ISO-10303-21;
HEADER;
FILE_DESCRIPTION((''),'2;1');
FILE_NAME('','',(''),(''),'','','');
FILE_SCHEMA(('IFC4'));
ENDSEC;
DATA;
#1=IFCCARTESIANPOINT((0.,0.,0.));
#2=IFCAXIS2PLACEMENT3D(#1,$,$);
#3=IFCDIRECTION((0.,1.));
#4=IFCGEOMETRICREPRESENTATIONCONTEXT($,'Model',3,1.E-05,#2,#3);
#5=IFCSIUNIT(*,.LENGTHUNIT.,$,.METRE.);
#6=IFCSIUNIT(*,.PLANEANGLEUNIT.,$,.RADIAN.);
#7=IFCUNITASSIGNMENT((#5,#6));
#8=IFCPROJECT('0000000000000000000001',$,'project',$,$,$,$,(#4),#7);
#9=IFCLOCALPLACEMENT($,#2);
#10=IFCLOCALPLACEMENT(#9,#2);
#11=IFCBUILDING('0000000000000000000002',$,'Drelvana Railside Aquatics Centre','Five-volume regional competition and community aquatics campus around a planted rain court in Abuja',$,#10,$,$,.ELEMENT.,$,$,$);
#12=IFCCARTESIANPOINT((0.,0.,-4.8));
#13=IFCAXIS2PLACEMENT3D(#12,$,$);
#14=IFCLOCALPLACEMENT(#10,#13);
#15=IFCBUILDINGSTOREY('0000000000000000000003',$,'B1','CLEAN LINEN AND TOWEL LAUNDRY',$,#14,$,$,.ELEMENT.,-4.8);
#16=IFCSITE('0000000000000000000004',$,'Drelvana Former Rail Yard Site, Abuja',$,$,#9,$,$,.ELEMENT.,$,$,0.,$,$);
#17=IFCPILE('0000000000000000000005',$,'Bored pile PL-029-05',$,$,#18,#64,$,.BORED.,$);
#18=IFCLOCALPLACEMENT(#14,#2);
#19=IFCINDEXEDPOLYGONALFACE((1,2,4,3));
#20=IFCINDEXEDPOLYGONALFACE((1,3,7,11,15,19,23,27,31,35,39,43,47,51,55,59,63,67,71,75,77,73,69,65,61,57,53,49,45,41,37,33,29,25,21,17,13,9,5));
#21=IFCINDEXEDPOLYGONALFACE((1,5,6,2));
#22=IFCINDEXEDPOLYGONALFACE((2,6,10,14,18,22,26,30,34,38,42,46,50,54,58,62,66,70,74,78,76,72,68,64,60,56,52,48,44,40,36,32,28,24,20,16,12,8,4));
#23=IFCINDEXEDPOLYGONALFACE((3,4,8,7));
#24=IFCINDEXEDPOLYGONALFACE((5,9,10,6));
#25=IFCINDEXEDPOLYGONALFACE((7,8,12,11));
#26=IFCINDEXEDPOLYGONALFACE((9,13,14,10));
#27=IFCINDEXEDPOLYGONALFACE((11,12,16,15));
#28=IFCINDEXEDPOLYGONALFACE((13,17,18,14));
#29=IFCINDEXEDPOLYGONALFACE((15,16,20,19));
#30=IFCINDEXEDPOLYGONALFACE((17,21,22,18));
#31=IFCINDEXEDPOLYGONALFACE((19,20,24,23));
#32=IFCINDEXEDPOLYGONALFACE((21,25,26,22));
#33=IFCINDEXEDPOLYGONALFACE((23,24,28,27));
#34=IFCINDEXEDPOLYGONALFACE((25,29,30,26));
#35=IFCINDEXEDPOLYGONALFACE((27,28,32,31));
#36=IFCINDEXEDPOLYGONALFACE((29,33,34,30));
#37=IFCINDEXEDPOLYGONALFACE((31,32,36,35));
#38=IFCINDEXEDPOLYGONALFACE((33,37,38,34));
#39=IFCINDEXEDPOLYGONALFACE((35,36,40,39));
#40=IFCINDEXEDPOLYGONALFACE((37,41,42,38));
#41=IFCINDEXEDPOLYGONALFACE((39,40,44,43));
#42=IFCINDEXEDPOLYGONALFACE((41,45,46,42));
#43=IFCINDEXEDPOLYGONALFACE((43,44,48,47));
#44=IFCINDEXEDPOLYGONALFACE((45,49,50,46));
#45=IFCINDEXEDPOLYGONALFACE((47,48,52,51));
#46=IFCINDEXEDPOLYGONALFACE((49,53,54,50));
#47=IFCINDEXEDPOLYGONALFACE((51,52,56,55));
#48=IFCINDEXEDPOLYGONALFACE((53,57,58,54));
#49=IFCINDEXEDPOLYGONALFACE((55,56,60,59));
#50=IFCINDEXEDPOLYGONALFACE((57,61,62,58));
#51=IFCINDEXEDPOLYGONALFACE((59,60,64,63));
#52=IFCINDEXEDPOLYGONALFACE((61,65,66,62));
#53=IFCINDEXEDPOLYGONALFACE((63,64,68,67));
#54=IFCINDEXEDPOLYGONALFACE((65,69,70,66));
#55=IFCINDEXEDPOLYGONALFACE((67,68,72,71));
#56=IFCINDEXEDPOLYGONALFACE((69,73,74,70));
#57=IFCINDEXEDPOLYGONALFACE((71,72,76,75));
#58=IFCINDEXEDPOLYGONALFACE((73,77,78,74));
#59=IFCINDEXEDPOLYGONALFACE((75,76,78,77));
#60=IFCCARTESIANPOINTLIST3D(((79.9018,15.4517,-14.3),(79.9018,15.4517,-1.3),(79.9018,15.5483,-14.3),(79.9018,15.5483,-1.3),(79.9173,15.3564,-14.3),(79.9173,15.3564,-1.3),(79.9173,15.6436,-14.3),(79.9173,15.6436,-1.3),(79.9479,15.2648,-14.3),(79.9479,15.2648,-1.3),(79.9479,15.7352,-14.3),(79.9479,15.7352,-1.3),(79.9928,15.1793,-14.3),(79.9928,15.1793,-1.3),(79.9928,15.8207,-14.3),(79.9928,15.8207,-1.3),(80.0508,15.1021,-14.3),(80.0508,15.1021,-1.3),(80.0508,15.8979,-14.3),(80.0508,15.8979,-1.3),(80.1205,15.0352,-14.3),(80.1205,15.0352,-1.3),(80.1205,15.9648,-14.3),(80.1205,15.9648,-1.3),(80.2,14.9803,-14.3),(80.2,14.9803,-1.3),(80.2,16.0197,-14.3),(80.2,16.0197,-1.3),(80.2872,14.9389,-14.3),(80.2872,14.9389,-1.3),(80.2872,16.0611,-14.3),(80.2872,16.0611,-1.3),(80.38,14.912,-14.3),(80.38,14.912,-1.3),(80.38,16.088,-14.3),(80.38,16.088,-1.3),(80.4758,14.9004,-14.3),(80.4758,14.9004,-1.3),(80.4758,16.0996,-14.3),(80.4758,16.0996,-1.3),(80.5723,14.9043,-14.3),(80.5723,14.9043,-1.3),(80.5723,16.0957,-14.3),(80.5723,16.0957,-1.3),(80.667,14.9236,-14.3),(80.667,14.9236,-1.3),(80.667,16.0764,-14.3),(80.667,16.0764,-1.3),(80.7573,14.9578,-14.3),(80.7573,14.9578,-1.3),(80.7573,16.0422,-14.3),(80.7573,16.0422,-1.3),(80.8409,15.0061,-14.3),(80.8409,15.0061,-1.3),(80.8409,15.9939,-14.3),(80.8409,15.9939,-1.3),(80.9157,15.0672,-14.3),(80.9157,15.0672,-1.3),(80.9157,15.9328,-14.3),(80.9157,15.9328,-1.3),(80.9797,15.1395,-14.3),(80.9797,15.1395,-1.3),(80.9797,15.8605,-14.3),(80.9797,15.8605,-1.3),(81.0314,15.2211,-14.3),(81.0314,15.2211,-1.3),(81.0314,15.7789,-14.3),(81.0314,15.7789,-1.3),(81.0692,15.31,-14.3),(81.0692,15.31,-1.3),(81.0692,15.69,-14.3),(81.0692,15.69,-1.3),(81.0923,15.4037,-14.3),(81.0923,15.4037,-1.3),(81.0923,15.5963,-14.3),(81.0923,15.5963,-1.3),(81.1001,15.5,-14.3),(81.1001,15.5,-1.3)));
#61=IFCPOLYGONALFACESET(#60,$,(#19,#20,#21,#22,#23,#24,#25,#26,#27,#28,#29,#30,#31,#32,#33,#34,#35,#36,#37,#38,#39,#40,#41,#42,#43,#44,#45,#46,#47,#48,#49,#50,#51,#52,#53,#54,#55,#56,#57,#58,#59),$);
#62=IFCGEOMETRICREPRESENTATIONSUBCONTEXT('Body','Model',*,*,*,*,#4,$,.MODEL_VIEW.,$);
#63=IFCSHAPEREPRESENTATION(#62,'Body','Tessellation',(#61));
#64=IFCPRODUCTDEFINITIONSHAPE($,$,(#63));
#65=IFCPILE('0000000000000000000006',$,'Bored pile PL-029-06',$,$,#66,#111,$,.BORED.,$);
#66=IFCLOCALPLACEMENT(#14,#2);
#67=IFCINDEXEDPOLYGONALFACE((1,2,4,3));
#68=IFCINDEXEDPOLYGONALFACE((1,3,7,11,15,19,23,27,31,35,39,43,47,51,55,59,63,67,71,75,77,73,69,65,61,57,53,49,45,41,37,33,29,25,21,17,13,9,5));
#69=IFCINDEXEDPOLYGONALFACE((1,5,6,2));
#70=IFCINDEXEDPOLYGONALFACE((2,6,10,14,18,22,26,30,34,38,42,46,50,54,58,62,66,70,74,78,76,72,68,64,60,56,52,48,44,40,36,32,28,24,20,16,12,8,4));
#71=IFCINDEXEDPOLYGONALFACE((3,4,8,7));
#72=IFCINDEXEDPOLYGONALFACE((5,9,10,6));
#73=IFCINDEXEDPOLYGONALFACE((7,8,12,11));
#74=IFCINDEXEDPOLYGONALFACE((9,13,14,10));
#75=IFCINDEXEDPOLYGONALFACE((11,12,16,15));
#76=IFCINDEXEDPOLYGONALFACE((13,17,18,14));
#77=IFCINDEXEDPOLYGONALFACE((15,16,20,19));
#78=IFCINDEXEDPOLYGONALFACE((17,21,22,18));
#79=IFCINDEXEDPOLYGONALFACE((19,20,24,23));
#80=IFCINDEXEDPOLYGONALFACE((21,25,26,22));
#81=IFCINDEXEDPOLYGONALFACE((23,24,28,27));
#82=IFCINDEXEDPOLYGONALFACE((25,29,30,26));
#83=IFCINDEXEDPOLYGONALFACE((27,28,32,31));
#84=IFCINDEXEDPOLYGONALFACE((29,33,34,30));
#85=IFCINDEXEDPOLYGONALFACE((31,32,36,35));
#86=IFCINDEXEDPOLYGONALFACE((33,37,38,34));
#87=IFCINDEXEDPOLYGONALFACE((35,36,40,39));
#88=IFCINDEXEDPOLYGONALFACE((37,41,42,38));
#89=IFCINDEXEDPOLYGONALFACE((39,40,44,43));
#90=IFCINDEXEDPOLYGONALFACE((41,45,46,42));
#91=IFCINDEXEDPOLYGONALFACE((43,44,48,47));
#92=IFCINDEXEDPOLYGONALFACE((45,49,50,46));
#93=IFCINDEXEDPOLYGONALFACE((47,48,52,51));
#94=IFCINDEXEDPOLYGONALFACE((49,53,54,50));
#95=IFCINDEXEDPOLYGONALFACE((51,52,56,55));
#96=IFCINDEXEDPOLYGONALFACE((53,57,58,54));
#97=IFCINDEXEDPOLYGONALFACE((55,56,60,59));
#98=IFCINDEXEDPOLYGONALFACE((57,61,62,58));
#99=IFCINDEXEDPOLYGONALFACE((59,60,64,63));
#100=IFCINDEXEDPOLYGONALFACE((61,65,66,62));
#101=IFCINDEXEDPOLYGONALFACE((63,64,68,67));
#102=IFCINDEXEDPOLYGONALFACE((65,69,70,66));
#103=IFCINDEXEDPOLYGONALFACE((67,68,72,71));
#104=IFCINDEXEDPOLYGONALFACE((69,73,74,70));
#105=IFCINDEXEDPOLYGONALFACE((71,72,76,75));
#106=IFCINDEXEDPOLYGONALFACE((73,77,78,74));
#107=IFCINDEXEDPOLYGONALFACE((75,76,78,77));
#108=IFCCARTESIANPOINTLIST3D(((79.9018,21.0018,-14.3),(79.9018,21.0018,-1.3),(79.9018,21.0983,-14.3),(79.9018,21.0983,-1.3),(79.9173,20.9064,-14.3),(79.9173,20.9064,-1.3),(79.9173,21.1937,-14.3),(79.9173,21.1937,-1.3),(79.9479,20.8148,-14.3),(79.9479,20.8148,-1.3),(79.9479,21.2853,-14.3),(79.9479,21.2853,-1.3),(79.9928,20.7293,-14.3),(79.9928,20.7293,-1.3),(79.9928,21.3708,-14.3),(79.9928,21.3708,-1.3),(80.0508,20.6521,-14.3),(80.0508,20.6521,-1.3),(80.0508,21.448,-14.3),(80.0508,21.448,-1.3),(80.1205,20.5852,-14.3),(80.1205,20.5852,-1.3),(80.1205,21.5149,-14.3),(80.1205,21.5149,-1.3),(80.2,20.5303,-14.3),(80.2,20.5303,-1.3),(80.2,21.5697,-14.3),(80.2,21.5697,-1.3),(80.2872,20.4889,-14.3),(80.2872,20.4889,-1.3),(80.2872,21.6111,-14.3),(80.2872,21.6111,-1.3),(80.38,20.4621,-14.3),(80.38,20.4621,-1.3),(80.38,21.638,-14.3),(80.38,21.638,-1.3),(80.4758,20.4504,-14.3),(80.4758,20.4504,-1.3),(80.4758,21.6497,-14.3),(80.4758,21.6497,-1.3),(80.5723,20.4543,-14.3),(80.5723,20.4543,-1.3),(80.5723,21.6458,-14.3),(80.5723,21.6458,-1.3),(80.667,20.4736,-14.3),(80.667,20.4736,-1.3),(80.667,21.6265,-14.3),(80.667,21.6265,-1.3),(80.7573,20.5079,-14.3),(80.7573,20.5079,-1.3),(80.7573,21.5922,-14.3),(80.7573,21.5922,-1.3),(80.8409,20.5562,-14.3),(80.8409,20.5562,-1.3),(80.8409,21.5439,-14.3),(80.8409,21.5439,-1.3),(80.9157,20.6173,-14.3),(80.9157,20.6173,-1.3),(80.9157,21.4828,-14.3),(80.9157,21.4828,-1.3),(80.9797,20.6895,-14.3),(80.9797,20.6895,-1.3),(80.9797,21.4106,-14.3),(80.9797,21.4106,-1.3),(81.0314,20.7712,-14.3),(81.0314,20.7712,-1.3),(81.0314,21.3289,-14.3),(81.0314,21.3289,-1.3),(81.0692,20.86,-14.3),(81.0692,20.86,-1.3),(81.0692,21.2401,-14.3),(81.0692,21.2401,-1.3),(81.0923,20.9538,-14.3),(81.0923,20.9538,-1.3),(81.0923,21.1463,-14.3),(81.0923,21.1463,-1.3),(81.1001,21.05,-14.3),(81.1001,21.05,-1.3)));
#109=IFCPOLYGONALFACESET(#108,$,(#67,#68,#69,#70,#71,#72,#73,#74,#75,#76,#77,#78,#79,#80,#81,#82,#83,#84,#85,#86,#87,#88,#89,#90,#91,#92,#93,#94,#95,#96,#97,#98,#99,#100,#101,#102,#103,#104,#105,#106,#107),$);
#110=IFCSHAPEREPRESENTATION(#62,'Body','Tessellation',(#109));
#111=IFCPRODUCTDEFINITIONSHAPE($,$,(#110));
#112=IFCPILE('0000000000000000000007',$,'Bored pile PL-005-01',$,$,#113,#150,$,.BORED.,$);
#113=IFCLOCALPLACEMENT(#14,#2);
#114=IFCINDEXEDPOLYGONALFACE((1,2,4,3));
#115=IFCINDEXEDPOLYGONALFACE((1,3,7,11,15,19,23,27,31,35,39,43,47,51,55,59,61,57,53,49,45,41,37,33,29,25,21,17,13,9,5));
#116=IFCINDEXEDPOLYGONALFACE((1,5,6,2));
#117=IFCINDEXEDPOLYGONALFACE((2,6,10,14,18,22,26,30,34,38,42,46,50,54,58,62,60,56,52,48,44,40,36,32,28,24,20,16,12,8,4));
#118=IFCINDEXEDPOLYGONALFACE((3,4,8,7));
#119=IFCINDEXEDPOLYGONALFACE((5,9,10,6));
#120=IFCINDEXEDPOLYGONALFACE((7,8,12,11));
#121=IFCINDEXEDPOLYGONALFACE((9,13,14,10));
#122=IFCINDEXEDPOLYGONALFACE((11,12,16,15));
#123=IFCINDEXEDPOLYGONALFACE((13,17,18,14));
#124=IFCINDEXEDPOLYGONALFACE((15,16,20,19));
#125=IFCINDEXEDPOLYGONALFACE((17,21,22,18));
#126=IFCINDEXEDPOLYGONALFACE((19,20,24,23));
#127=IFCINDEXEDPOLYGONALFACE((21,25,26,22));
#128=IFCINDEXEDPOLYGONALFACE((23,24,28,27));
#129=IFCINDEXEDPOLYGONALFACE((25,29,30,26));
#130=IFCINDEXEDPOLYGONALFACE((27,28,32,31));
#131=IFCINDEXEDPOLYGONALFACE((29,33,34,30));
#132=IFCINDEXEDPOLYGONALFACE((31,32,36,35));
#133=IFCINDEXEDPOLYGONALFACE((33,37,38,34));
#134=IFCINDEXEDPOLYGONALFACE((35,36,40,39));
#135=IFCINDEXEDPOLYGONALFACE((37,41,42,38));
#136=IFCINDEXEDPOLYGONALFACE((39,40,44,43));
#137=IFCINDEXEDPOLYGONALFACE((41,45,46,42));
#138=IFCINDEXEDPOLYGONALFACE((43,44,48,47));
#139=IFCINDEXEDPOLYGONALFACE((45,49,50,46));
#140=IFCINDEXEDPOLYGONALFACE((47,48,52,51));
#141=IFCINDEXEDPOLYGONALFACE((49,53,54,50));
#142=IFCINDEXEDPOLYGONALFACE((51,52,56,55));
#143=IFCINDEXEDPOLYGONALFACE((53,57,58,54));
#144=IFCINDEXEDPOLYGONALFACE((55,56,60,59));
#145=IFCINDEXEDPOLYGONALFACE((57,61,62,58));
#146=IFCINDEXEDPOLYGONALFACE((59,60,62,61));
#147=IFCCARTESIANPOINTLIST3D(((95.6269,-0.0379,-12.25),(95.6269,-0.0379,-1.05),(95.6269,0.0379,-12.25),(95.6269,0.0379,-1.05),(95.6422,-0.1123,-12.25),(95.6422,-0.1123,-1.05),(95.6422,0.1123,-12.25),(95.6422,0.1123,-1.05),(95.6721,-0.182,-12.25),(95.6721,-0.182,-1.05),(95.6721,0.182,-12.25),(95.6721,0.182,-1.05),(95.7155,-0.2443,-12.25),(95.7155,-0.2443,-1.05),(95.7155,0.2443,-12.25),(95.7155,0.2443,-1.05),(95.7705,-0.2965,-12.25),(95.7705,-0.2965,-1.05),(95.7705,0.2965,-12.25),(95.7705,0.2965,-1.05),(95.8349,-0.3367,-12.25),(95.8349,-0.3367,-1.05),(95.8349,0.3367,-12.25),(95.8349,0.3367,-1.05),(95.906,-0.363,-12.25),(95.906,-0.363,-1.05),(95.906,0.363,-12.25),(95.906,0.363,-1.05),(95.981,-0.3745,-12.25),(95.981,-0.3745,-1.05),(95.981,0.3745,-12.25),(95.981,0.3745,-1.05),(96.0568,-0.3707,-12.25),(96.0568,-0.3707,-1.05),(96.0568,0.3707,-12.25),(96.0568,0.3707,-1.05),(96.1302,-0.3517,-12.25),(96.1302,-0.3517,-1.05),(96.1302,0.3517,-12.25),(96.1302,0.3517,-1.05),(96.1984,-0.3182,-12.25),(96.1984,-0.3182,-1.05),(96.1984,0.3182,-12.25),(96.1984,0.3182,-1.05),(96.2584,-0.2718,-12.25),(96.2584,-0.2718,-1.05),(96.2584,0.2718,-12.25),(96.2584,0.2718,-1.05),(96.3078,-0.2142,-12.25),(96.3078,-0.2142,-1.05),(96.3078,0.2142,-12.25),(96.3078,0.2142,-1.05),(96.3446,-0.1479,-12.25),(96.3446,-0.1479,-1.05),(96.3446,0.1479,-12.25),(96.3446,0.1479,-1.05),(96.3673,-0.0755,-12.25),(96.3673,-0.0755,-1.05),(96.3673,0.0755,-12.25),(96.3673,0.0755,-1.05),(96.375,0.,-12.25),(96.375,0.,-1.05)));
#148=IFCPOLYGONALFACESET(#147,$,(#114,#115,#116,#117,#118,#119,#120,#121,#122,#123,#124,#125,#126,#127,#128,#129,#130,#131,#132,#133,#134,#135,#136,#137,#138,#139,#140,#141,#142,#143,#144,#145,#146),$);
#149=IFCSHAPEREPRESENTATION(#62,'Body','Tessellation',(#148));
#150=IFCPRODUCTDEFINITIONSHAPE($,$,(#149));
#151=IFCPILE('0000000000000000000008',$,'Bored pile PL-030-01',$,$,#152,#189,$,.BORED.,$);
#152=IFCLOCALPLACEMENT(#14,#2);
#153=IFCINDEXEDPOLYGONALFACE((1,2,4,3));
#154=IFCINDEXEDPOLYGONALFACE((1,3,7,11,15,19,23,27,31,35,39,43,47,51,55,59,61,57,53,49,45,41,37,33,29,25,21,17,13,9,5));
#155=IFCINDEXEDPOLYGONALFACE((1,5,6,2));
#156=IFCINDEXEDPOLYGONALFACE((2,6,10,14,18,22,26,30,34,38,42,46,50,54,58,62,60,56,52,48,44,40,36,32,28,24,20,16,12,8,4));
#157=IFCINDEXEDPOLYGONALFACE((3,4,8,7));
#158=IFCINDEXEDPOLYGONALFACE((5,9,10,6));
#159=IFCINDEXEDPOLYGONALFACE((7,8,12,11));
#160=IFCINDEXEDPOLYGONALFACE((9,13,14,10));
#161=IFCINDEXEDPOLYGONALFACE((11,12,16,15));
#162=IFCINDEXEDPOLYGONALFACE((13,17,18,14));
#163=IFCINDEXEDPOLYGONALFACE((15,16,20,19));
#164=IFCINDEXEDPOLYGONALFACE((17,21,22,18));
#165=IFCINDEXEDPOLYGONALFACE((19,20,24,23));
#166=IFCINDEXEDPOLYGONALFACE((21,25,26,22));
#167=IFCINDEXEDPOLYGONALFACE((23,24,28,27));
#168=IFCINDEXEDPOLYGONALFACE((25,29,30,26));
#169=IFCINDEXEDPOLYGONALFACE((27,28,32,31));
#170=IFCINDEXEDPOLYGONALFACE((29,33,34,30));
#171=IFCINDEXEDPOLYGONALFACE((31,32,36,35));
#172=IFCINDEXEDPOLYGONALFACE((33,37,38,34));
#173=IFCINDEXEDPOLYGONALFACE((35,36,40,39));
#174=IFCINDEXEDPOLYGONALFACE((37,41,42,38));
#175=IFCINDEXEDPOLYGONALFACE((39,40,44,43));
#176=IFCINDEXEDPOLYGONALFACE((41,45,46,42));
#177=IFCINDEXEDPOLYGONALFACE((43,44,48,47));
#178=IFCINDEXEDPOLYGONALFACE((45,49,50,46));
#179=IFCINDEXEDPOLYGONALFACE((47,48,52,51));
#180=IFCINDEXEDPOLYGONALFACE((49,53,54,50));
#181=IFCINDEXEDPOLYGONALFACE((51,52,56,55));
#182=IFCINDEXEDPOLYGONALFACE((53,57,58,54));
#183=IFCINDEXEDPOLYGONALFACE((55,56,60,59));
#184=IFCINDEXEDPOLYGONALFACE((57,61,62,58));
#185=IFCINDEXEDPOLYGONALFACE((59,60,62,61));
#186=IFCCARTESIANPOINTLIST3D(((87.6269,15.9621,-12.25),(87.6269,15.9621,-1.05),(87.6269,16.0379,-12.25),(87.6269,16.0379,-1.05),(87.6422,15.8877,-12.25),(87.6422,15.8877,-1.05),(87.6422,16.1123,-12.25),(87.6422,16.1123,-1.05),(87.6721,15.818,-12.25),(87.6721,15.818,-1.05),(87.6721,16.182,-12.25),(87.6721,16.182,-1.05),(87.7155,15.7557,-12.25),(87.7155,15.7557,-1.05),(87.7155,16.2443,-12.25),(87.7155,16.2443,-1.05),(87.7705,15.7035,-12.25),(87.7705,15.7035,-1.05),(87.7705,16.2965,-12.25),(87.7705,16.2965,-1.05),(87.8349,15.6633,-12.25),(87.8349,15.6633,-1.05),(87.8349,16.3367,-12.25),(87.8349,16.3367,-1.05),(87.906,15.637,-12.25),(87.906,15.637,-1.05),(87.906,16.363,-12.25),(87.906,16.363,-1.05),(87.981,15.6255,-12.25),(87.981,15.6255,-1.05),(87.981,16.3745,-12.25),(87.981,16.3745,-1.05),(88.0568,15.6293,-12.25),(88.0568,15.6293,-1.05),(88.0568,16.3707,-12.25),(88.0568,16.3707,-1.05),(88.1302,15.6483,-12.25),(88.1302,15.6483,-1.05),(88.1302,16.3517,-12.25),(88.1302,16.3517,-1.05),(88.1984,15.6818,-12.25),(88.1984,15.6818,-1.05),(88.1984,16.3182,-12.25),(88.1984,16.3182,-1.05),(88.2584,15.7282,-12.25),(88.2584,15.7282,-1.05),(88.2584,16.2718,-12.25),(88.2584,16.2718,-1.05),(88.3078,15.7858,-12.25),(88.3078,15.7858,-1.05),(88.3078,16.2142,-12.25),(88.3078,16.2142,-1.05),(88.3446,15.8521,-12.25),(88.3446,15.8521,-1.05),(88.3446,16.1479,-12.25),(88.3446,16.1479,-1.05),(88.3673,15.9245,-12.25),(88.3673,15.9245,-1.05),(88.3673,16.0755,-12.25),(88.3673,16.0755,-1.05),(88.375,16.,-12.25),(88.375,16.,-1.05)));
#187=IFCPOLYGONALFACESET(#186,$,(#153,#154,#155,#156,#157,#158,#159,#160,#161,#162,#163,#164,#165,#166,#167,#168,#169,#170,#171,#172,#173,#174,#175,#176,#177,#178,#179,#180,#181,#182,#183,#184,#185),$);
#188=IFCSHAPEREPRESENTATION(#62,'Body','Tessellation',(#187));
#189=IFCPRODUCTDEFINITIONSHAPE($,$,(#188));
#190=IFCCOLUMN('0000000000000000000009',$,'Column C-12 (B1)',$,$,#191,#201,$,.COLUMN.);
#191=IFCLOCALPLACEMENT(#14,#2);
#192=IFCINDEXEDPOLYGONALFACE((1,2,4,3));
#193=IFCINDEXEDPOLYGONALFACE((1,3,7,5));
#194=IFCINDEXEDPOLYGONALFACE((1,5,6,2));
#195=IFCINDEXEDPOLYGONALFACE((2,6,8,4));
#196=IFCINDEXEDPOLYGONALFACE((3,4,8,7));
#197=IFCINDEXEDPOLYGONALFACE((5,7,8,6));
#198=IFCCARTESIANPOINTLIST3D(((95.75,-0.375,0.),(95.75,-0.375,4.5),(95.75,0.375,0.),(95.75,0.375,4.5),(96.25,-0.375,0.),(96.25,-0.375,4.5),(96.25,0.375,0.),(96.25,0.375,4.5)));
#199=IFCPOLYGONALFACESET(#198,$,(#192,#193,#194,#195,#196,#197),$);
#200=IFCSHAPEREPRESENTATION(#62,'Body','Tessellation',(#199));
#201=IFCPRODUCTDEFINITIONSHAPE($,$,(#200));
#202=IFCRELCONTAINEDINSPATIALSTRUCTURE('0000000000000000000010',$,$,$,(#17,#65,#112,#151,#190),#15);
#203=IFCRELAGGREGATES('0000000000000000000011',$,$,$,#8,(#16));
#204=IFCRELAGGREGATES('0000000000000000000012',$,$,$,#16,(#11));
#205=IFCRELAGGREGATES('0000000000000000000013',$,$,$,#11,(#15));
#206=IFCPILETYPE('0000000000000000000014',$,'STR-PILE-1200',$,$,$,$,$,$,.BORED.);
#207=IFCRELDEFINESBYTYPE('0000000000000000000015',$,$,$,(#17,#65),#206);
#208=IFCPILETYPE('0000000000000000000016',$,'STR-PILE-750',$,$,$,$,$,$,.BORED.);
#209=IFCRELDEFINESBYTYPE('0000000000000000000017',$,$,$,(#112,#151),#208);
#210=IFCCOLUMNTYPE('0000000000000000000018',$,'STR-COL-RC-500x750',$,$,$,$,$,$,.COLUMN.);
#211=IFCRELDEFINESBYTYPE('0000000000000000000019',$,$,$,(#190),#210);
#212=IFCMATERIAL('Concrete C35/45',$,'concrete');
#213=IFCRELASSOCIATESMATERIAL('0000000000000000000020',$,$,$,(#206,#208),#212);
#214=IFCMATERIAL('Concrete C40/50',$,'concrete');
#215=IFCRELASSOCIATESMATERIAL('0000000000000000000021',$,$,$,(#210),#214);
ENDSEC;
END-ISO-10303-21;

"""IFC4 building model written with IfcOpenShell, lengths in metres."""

from ifc_helpers import new_model, si_unit, direction, frame, origin, origin_2d, place, context, subcontext, project, spatial, rectangle, circle, extrude, material, material_profile, profile_set, type_object, element, save


model = new_model("IFC4")

# Units and contexts
model_context = context("Model", 3, precision=1e-05, world=origin(), true_north=direction((0.0, 1.0)))
body_context = subcontext(model_context, "Body", "Model", "MODEL_VIEW")
ifc_project = project(units=[si_unit("LENGTHUNIT", "METRE"), si_unit("PLANEANGLEUNIT", "RADIAN")], contexts=[model_context])

# Site, building, storey
site_placement = place(None, origin())
site = spatial("IfcSite", under=ifc_project, at=site_placement, Name="Drelvana Former Rail Yard Site, Abuja", CompositionType="ELEMENT", RefElevation=0.0)
building_placement = place(site_placement, origin())
building = spatial("IfcBuilding", under=site, at=building_placement, Name="Drelvana Railside Aquatics Centre", Description="Five-volume regional competition and community aquatics campus around a planted rain court in Abuja", CompositionType="ELEMENT")
storey_placement = place(building_placement, frame((0.0, 0.0, -4.8)))
storey = spatial("IfcBuildingStorey", under=building, at=storey_placement, Name="B1", Description="CLEAN LINEN AND TOWEL LAUNDRY", CompositionType="ELEMENT", Elevation=-4.8)

# Shared definitions
ifc_material_1 = material(Name="Concrete C35/45", Category="concrete")

# Piles
ifc_material_profile_1 = material_profile(ifc_material_1, circle(Radius=0.6001, at=origin_2d()), Name="PILE D1200")
ifc_profile_set_1 = profile_set([ifc_material_profile_1], Name="Concrete C35/45")
pile_type_1 = type_object("IfcPileType", Name="STR-PILE-1200", PredefinedType="BORED", material=ifc_profile_set_1)
for number, where, z_axis, x_axis, name in (
    (1, (80.5, 15.5, -1.3), (0.0, 0.0, -1.0), (1.0, 0.0, 0.0), "Bored pile PL-029-05"),
    (2, (80.5, 21.05, -1.3), (0.0, 0.0, -1.0), (1.0, 0.0, 0.0), "Bored pile PL-029-06"),
):
    element("IfcPile", number, at=place(storey_placement, frame(where, z_axis=z_axis, x_axis=x_axis)), inside=storey, type_object=pile_type_1, Name=name, PredefinedType="BORED", context=body_context, shape_type="SweptSolid", body=[
        extrude(circle(Radius=0.6001, at=origin_2d()), origin(), (0.0, 0.0, 1.0), 13.0),
    ])
ifc_material_profile_2 = material_profile(ifc_material_1, circle(Radius=0.375, at=origin_2d()), Name="PILE D750")
ifc_profile_set_2 = profile_set([ifc_material_profile_2], Name="Concrete C35/45")
pile_type_2 = type_object("IfcPileType", Name="STR-PILE-750", PredefinedType="BORED", material=ifc_profile_set_2)
for number, where, z_axis, x_axis, name in (
    (3, (96.0, 0.0, -1.05), (0.0, 0.0, -1.0), (1.0, 0.0, 0.0), "Bored pile PL-005-01"),
    (4, (88.0, 16.0, -1.05), (0.0, 0.0, -1.0), (1.0, 0.0, 0.0), "Bored pile PL-030-01"),
):
    element("IfcPile", number, at=place(storey_placement, frame(where, z_axis=z_axis, x_axis=x_axis)), inside=storey, type_object=pile_type_2, Name=name, PredefinedType="BORED", context=body_context, shape_type="SweptSolid", body=[
        extrude(circle(Radius=0.375, at=origin_2d()), origin(), (0.0, 0.0, 1.0), 11.2),
    ])

# Column
ifc_material_2 = material(Name="Concrete C40/50", Category="concrete")
ifc_material_profile_3 = material_profile(ifc_material_2, rectangle(XDim=0.5, YDim=0.75, at=origin_2d()), Name="RC 500x750")
ifc_profile_set_3 = profile_set([ifc_material_profile_3], Name="Concrete C40/50")
column_type_1 = type_object("IfcColumnType", Name="STR-COL-RC-500x750", PredefinedType="COLUMN", material=ifc_profile_set_3)
column_placement = place(storey_placement, frame((96.0, 0.0, 0.0), z_axis=(0.0, 0.0, 1.0), x_axis=(1.0, 0.0, 0.0)))
element("IfcColumn", 5, at=column_placement, inside=storey, type_object=column_type_1, Name="Column C-12 (B1)", PredefinedType="COLUMN", context=body_context, shape_type="SweptSolid", body=[
    extrude(rectangle(XDim=0.5, YDim=0.75, at=origin_2d()), origin(), (0.0, 0.0, 1.0), 4.5),
])

save(model, "model.ifc")
